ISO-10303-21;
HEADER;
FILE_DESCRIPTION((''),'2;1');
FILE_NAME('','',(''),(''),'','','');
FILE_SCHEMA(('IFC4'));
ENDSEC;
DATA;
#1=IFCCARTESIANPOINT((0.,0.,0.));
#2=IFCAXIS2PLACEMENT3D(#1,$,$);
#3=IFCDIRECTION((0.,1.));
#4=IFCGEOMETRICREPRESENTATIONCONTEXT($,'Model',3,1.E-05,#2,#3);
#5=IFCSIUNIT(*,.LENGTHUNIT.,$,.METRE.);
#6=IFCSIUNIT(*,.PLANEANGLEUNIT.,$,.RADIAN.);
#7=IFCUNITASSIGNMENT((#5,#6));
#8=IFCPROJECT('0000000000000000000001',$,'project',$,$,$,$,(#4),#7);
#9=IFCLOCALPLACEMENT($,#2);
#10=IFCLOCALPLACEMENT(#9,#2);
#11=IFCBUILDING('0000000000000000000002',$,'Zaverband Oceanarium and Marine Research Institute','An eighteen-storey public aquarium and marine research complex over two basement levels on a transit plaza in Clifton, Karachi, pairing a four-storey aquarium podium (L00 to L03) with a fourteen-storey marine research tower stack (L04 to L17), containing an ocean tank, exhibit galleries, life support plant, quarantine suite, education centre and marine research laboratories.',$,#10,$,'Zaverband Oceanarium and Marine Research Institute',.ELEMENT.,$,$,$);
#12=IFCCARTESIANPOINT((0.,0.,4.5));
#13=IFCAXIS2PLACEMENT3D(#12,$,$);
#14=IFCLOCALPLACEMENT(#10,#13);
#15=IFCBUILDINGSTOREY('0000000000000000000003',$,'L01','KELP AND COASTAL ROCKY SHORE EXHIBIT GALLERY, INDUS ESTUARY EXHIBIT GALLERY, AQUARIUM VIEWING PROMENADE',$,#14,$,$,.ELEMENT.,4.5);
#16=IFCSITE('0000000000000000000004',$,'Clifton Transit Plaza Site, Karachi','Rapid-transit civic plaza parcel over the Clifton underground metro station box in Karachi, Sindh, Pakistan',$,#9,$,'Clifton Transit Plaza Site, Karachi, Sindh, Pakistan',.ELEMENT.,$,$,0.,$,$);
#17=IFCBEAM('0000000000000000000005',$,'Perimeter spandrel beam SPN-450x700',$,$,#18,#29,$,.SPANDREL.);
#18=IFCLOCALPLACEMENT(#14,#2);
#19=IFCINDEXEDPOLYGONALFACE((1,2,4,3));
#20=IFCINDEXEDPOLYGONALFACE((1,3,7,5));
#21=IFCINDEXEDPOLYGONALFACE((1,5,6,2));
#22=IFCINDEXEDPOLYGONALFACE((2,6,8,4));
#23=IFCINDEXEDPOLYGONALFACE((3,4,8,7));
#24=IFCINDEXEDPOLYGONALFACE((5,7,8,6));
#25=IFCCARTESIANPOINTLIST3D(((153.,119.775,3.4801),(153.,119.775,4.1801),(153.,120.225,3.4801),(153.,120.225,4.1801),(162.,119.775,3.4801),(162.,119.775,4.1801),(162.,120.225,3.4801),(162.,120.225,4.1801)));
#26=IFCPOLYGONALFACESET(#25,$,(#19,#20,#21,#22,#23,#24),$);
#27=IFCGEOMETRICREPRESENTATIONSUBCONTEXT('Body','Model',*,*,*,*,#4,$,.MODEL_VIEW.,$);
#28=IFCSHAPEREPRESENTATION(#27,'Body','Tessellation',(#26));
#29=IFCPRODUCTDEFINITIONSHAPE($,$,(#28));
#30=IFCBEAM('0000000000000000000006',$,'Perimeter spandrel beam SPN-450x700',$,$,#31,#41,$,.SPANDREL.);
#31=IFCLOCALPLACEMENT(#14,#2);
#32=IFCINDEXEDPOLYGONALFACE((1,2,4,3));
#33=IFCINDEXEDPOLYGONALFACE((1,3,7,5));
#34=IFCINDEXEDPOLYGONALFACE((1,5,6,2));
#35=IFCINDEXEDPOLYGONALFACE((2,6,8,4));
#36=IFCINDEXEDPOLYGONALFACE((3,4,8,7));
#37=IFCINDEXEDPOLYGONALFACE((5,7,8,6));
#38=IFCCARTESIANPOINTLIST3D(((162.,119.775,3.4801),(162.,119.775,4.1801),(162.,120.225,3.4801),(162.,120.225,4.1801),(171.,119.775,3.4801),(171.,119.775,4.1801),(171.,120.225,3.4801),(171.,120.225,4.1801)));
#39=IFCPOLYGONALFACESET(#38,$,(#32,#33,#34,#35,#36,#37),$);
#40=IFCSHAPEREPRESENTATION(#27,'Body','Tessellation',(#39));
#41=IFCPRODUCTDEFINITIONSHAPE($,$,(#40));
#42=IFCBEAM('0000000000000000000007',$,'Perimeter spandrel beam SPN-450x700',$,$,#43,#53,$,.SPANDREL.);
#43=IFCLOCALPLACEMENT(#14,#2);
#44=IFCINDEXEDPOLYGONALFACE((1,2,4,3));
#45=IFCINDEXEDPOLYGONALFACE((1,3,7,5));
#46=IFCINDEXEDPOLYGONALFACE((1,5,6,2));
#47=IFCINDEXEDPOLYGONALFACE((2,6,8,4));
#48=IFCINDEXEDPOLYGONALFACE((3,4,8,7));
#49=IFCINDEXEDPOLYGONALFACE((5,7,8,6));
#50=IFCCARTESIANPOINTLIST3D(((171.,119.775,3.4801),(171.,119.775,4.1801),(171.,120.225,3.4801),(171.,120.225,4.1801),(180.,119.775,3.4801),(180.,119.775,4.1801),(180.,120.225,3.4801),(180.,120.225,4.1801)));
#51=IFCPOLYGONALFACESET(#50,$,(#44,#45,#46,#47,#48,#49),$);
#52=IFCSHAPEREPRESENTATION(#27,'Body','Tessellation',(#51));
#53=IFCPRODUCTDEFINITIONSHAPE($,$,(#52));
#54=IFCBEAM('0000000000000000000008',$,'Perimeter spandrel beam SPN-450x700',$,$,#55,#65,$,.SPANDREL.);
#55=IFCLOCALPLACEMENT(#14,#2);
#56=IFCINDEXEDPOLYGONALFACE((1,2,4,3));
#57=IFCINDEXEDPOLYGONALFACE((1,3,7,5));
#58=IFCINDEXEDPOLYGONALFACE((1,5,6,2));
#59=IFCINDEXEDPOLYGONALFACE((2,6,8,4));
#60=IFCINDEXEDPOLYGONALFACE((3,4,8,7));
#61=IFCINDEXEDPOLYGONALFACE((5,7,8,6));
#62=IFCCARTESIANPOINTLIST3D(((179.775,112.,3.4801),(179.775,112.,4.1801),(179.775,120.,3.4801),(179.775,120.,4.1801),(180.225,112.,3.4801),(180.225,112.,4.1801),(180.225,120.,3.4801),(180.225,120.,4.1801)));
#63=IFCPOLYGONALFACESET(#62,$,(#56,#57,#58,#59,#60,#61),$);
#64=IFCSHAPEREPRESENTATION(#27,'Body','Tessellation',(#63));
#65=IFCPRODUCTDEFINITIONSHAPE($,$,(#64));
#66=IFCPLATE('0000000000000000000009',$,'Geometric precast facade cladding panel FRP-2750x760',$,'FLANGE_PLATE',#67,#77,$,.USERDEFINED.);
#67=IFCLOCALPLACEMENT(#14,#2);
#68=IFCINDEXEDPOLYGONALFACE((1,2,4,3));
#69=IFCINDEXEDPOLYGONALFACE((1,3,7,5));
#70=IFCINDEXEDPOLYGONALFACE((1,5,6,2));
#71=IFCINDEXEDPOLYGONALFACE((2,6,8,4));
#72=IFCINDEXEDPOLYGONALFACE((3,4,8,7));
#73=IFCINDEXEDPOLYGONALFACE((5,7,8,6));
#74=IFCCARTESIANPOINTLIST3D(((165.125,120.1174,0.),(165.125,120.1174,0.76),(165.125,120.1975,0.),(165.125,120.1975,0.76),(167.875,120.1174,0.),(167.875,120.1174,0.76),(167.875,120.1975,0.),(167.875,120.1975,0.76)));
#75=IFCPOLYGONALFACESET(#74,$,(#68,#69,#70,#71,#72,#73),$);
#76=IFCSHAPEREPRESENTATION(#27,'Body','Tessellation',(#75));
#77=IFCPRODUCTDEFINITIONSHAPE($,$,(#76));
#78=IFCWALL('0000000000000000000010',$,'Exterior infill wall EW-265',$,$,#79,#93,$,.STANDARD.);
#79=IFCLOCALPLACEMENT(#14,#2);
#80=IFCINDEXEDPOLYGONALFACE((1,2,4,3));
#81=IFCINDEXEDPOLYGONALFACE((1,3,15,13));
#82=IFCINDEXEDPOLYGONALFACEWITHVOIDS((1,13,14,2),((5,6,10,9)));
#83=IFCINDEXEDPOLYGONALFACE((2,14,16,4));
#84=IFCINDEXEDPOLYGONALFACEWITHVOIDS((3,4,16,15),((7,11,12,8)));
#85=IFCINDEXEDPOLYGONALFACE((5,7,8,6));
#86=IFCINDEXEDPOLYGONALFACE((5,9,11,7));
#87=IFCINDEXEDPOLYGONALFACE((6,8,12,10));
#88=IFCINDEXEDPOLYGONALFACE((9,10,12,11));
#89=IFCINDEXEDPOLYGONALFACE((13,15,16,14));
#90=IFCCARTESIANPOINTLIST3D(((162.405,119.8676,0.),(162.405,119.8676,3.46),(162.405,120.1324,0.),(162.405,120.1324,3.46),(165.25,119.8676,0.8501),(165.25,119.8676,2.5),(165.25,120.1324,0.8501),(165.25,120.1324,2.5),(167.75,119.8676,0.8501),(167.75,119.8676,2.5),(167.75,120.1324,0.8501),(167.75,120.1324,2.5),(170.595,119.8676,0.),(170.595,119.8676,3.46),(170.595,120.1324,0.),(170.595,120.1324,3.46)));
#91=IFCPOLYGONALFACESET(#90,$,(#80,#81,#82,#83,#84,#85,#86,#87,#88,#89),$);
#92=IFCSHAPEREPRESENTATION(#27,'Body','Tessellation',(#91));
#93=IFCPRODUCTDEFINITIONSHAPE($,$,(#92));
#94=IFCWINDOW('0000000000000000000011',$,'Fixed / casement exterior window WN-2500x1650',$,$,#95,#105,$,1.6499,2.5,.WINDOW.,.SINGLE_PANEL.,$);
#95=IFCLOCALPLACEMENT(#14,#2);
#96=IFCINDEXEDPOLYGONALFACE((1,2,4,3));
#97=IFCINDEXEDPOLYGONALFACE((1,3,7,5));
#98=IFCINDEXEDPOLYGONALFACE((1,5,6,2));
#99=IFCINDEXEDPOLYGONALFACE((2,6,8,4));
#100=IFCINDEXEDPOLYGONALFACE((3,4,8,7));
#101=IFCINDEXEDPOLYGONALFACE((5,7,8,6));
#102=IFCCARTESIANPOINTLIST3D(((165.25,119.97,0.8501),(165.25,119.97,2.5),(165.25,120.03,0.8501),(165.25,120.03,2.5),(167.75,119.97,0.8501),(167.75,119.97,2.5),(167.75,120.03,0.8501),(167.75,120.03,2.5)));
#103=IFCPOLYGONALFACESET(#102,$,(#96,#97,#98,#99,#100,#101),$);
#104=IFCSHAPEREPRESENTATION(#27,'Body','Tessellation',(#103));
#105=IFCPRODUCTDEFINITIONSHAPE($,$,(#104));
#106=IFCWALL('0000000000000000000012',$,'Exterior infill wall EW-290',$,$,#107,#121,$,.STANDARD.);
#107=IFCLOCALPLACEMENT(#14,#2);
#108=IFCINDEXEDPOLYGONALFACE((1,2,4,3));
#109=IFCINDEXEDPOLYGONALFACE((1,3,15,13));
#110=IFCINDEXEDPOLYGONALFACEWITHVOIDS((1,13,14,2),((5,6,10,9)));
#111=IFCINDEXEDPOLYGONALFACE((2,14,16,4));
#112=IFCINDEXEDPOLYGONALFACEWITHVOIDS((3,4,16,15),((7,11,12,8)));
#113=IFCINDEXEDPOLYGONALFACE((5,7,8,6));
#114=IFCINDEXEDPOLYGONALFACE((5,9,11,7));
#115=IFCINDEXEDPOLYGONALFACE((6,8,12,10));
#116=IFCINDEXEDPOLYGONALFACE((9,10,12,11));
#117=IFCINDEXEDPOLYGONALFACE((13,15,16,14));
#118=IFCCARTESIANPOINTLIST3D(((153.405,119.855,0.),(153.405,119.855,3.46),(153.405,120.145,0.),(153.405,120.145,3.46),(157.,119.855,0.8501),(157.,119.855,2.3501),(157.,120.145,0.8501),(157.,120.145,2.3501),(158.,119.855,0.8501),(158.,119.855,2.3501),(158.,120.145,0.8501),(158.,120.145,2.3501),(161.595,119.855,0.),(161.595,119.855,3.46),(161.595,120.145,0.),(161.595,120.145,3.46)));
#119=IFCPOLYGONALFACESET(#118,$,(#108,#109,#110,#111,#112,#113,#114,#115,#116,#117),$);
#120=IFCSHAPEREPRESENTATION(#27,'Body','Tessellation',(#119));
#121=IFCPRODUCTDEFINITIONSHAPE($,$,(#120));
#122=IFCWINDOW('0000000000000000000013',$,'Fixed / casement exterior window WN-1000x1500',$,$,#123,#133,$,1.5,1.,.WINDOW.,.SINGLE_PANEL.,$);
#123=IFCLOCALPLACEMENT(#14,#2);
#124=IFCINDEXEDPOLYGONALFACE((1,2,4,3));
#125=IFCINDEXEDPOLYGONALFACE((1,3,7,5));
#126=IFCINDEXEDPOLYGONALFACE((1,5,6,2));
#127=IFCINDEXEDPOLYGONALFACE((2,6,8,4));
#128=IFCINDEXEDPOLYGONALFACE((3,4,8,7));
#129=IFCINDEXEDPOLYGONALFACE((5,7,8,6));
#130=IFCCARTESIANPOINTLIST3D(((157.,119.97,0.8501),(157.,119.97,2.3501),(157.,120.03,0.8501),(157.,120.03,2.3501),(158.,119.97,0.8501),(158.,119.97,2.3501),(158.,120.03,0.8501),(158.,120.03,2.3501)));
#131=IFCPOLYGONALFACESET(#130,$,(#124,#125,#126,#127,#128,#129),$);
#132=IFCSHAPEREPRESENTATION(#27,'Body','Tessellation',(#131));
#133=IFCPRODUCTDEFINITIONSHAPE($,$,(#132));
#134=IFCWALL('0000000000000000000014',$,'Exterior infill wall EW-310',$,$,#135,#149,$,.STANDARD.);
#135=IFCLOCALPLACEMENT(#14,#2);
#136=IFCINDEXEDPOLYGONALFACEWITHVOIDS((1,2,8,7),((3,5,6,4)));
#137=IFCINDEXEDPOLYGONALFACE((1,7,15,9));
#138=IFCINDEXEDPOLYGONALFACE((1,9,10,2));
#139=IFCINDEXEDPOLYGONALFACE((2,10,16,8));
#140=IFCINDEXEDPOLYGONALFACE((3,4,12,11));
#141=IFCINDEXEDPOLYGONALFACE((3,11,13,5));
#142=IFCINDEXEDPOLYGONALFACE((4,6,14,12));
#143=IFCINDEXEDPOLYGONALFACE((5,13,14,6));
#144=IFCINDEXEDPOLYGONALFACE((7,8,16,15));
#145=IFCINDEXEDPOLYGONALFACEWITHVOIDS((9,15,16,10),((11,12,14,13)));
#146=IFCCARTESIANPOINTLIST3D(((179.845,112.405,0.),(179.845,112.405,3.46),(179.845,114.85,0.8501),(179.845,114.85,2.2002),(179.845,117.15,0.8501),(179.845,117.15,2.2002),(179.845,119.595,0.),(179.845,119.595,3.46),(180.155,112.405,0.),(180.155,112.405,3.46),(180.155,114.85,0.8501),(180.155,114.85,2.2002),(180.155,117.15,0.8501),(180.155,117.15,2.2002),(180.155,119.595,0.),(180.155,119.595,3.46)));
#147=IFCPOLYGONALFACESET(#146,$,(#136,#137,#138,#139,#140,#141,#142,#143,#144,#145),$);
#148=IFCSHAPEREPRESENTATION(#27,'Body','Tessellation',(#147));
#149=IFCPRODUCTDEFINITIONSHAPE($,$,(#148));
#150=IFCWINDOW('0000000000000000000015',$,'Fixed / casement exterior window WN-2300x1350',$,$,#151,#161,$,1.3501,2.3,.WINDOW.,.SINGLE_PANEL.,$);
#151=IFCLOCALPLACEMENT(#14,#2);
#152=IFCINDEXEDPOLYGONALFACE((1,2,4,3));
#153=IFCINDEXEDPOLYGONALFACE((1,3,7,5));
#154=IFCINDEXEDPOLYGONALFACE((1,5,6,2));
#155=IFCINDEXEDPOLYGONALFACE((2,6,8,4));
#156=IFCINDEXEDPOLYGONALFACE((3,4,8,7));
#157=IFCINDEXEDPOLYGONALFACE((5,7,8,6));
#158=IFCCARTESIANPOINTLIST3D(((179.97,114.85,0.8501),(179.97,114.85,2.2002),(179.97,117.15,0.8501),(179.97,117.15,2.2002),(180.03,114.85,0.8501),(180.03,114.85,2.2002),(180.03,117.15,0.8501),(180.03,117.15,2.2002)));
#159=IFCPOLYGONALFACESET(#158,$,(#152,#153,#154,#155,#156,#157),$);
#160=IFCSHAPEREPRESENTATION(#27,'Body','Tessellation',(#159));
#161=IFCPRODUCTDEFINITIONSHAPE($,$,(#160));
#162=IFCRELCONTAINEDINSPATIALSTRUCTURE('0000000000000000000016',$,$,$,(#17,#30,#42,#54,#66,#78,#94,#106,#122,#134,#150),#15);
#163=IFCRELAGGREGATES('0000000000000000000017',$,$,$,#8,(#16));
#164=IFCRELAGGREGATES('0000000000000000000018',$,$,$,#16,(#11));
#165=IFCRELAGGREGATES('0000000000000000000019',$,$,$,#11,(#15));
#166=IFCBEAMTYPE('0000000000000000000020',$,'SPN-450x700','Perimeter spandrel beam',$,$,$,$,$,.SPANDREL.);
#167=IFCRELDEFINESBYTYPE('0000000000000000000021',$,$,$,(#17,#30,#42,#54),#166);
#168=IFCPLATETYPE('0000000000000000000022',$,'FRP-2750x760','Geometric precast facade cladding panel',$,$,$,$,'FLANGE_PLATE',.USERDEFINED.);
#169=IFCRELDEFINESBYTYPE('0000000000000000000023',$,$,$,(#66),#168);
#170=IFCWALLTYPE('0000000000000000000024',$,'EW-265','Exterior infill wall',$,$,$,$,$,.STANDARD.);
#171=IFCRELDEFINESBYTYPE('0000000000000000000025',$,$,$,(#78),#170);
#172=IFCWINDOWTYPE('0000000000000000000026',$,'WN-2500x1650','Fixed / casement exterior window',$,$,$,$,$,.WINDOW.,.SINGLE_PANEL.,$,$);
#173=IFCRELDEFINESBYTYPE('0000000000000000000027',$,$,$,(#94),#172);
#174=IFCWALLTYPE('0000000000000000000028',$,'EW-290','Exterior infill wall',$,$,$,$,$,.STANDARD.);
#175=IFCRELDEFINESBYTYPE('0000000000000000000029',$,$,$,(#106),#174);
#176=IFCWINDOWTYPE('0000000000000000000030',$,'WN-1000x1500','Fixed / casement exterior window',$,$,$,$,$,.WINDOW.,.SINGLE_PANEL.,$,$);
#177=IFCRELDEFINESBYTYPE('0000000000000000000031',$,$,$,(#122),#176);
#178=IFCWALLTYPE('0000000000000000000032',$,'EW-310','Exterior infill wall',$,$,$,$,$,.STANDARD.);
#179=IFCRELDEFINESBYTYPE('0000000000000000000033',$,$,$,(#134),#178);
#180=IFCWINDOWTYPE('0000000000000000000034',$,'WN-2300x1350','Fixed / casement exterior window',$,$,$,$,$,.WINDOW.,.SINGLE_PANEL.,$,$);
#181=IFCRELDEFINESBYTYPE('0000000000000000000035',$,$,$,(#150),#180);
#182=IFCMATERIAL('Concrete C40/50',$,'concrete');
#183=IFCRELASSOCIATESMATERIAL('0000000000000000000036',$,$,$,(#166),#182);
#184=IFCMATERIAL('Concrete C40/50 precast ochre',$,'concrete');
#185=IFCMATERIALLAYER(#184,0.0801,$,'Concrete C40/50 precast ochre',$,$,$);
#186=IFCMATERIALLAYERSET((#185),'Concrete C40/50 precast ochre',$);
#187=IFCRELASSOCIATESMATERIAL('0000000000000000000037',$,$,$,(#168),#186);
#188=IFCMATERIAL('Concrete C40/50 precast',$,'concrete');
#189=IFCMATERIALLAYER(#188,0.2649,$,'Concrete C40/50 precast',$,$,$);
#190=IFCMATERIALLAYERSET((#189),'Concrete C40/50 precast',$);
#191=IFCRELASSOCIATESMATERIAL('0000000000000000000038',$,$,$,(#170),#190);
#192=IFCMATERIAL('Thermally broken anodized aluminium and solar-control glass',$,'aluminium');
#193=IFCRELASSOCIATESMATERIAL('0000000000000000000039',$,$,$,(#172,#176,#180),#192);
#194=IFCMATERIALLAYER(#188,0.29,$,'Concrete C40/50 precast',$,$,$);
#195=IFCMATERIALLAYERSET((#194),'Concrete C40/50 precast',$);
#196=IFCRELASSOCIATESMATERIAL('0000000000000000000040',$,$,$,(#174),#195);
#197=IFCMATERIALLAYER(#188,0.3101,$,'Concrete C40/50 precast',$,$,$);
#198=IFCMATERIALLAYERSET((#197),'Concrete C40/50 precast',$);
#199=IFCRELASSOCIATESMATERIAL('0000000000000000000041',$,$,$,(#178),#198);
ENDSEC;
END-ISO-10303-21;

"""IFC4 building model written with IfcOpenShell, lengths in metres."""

from ifc_helpers import new_model, si_unit, direction, frame, frame_2d, origin, origin_2d, place, context, subcontext, project, spatial, rectangle, extrude, material, layer, layer_set, material_profile, profile_set, type_object, element, fill, save


model = new_model("IFC4")

# Units and contexts
model_context = context("Model", 3, precision=1e-05, world=origin(), true_north=direction((0.0, 1.0)))
body_context = subcontext(model_context, "Body", "Model", "MODEL_VIEW")
ifc_project = project(units=[si_unit("LENGTHUNIT", "METRE"), si_unit("PLANEANGLEUNIT", "RADIAN")], contexts=[model_context])

# Site, building, storey
site_placement = place(None, origin())
site = spatial("IfcSite", under=ifc_project, at=site_placement, Name="Clifton Transit Plaza Site, Karachi", Description="Rapid-transit civic plaza parcel over the Clifton underground metro station box in Karachi, Sindh, Pakistan", LongName="Clifton Transit Plaza Site, Karachi, Sindh, Pakistan", CompositionType="ELEMENT", RefElevation=0.0)
building_placement = place(site_placement, origin())
building = spatial("IfcBuilding", under=site, at=building_placement, Name="Zaverband Oceanarium and Marine Research Institute", Description="An eighteen-storey public aquarium and marine research complex over two basement levels on a transit plaza in Clifton, Karachi, pairing a four-storey aquarium podium (L00 to L03) with a fourteen-storey marine research tower stack (L04 to L17), containing an ocean tank, exhibit galleries, life support plant, quarantine suite, education centre and marine research laboratories.", LongName="Zaverband Oceanarium and Marine Research Institute", CompositionType="ELEMENT")
storey_placement = place(building_placement, frame((0.0, 0.0, 4.5)))
storey = spatial("IfcBuildingStorey", under=building, at=storey_placement, Name="L01", Description="KELP AND COASTAL ROCKY SHORE EXHIBIT GALLERY, INDUS ESTUARY EXHIBIT GALLERY, AQUARIUM VIEWING PROMENADE", CompositionType="ELEMENT", Elevation=4.5)

# Beams
ifc_material_1 = material(Name="Concrete C40/50", Category="concrete")
ifc_material_profile_1 = material_profile(ifc_material_1, rectangle(XDim=0.45, YDim=0.7, at=origin_2d()), Name="RC450x700")
ifc_profile_set_1 = profile_set([ifc_material_profile_1], Name="Concrete C40/50")
beam_type_1 = type_object("IfcBeamType", Name="SPN-450x700", Description="Perimeter spandrel beam", PredefinedType="SPANDREL", material=ifc_profile_set_1)
for number, where, z_axis, x_axis, name in (
    (1, (153.0, 120.0, 3.8301), (1.0, 0.0, 0.0), (0.0, 1.0, 0.0), "Perimeter spandrel beam SPN-450x700"),
    (2, (162.0, 120.0, 3.8301), (1.0, 0.0, 0.0), (0.0, 1.0, 0.0), "Perimeter spandrel beam SPN-450x700"),
    (3, (171.0, 120.0, 3.8301), (1.0, 0.0, 0.0), (0.0, 1.0, 0.0), "Perimeter spandrel beam SPN-450x700"),
):
    element("IfcBeam", number, at=place(storey_placement, frame(where, z_axis=z_axis, x_axis=x_axis)), inside=storey, type_object=beam_type_1, Name=name, PredefinedType="SPANDREL", context=body_context, shape_type="SweptSolid", body=[
        extrude(rectangle(XDim=0.45, YDim=0.7, at=origin_2d()), origin(), (0.0, 0.0, 1.0), 9.0),
    ])
beam_placement = place(storey_placement, frame((180.0, 112.0, 3.8301), z_axis=(0.0, 1.0, 0.0), x_axis=(-1.0, 0.0, 0.0)))
element("IfcBeam", 4, at=beam_placement, inside=storey, type_object=beam_type_1, Name="Perimeter spandrel beam SPN-450x700", PredefinedType="SPANDREL", context=body_context, shape_type="SweptSolid", body=[
    extrude(rectangle(XDim=0.45, YDim=0.7, at=origin_2d()), origin(), (0.0, 0.0, 1.0), 8.0),
])

# Plate
ifc_material_2 = material(Name="Concrete C40/50 precast ochre", Category="concrete")
ifc_layer_1 = layer(ifc_material_2, 0.0801, Name="Concrete C40/50 precast ochre")
ifc_layer_set_1 = layer_set([ifc_layer_1], Name="Concrete C40/50 precast ochre")
plate_type = type_object("IfcPlateType", Name="FRP-2750x760", Description="Geometric precast facade cladding panel", ElementType="FLANGE_PLATE", PredefinedType="USERDEFINED", material=ifc_layer_set_1)
plate_placement = place(storey_placement, frame((165.125, 120.1575, 0.0), z_axis=(0.0, 0.0, 1.0), x_axis=(1.0, 0.0, 0.0)))
element("IfcPlate", 5, at=plate_placement, inside=storey, type_object=plate_type, Name="Geometric precast facade cladding panel FRP-2750x760", ObjectType="FLANGE_PLATE", PredefinedType="USERDEFINED", context=body_context, shape_type="SweptSolid", body=[
    extrude(rectangle(XDim=2.75, YDim=0.0801, at=frame_2d((1.375, 0.0))), origin(), (0.0, 0.0, 1.0), 0.76),
])

# Walls, openings, windows
ifc_material_3 = material(Name="Concrete C40/50 precast", Category="concrete")
ifc_layer_2 = layer(ifc_material_3, 0.2649, Name="Concrete C40/50 precast")
ifc_layer_set_2 = layer_set([ifc_layer_2], Name="Concrete C40/50 precast")
wall_type_1 = type_object("IfcWallType", Name="EW-265", Description="Exterior infill wall", PredefinedType="STANDARD", material=ifc_layer_set_2)
wall_1_placement = place(storey_placement, frame((162.405, 120.0, 0.0), z_axis=(0.0, 0.0, 1.0), x_axis=(1.0, 0.0, 0.0)))
wall_1 = element("IfcWall", 6, at=wall_1_placement, inside=storey, type_object=wall_type_1, Name="Exterior infill wall EW-265", PredefinedType="STANDARD", context=body_context, shape_type="SweptSolid", body=[
    extrude(rectangle(XDim=8.1899, YDim=0.2649, at=frame_2d((4.095, 0.0))), origin(), (0.0, 0.0, 1.0), 3.46),
])
opening_1_placement = place(wall_1_placement, frame((2.845, 0.0, 0.8501)))
opening_1 = element("IfcOpeningElement", 7, at=opening_1_placement, cuts=wall_1, PredefinedType="OPENING", context=body_context, shape_type="SweptSolid", body=[
    extrude(rectangle(XDim=2.5, YDim=1.6499, at=frame_2d((1.25, 0.825))), frame((0.0, 0.1445, 0.0), z_axis=(0.0, -1.0, 0.0), x_axis=(1.0, 0.0, 0.0)), (0.0, 0.0, 1.0), 0.2888),
])
ifc_material_4 = material(Name="Thermally broken anodized aluminium and solar-control glass", Category="aluminium")
window_type_1 = type_object("IfcWindowType", Name="WN-2500x1650", Description="Fixed / casement exterior window", PartitioningType="SINGLE_PANEL", PredefinedType="WINDOW", material=ifc_material_4)
window_1_placement = place(opening_1_placement, origin())
window_1 = element("IfcWindow", 8, at=window_1_placement, inside=storey, type_object=window_type_1, Name="Fixed / casement exterior window WN-2500x1650", OverallHeight=1.6499, OverallWidth=2.5, PartitioningType="SINGLE_PANEL", PredefinedType="WINDOW", context=body_context, shape_type="SweptSolid", body=[
    extrude(rectangle(XDim=2.5, YDim=1.6499, at=frame_2d((1.25, 0.825))), frame((0.0, 0.03, 0.0), z_axis=(0.0, -1.0, 0.0), x_axis=(1.0, 0.0, 0.0)), (0.0, 0.0, 1.0), 0.0601),
])
fill(opening_1, window_1)
ifc_layer_3 = layer(ifc_material_3, 0.29, Name="Concrete C40/50 precast")
ifc_layer_set_3 = layer_set([ifc_layer_3], Name="Concrete C40/50 precast")
wall_type_2 = type_object("IfcWallType", Name="EW-290", Description="Exterior infill wall", PredefinedType="STANDARD", material=ifc_layer_set_3)
wall_2_placement = place(storey_placement, frame((153.405, 120.0, 0.0), z_axis=(0.0, 0.0, 1.0), x_axis=(1.0, 0.0, 0.0)))
wall_2 = element("IfcWall", 9, at=wall_2_placement, inside=storey, type_object=wall_type_2, Name="Exterior infill wall EW-290", PredefinedType="STANDARD", context=body_context, shape_type="SweptSolid", body=[
    extrude(rectangle(XDim=8.1899, YDim=0.29, at=frame_2d((4.095, 0.0))), origin(), (0.0, 0.0, 1.0), 3.46),
])
opening_2_placement = place(wall_2_placement, frame((3.595, 0.0, 0.8501)))
opening_2 = element("IfcOpeningElement", 10, at=opening_2_placement, cuts=wall_2, PredefinedType="OPENING", context=body_context, shape_type="SweptSolid", body=[
    extrude(rectangle(XDim=1.0, YDim=1.5, at=frame_2d((0.5, 0.75))), frame((0.0, 0.157, 0.0), z_axis=(0.0, -1.0, 0.0), x_axis=(1.0, 0.0, 0.0)), (0.0, 0.0, 1.0), 0.314),
])
window_type_2 = type_object("IfcWindowType", Name="WN-1000x1500", Description="Fixed / casement exterior window", PartitioningType="SINGLE_PANEL", PredefinedType="WINDOW", material=ifc_material_4)
window_2_placement = place(opening_2_placement, origin())
window_2 = element("IfcWindow", 11, at=window_2_placement, inside=storey, type_object=window_type_2, Name="Fixed / casement exterior window WN-1000x1500", OverallHeight=1.5, OverallWidth=1.0, PartitioningType="SINGLE_PANEL", PredefinedType="WINDOW", context=body_context, shape_type="SweptSolid", body=[
    extrude(rectangle(XDim=1.0, YDim=1.5, at=frame_2d((0.5, 0.75))), frame((0.0, 0.03, 0.0), z_axis=(0.0, -1.0, 0.0), x_axis=(1.0, 0.0, 0.0)), (0.0, 0.0, 1.0), 0.0601),
])
fill(opening_2, window_2)
ifc_layer_4 = layer(ifc_material_3, 0.3101, Name="Concrete C40/50 precast")
ifc_layer_set_4 = layer_set([ifc_layer_4], Name="Concrete C40/50 precast")
wall_type_3 = type_object("IfcWallType", Name="EW-310", Description="Exterior infill wall", PredefinedType="STANDARD", material=ifc_layer_set_4)
wall_3_placement = place(storey_placement, frame((180.0, 112.405, 0.0), z_axis=(0.0, 0.0, 1.0), x_axis=(0.0, 1.0, 0.0)))
wall_3 = element("IfcWall", 12, at=wall_3_placement, inside=storey, type_object=wall_type_3, Name="Exterior infill wall EW-310", PredefinedType="STANDARD", context=body_context, shape_type="SweptSolid", body=[
    extrude(rectangle(XDim=7.1899, YDim=0.3101, at=frame_2d((3.595, 0.0))), origin(), (0.0, 0.0, 1.0), 3.46),
])
opening_3_placement = place(wall_3_placement, frame((2.4451, 0.0, 0.8501)))
opening_3 = element("IfcOpeningElement", 13, at=opening_3_placement, cuts=wall_3, PredefinedType="OPENING", context=body_context, shape_type="SweptSolid", body=[
    extrude(rectangle(XDim=2.3, YDim=1.3501, at=frame_2d((1.1499, 0.675))), frame((0.0, 0.167, 0.0), z_axis=(0.0, -1.0, 0.0), x_axis=(1.0, 0.0, 0.0)), (0.0, 0.0, 1.0), 0.334),
])
window_type_3 = type_object("IfcWindowType", Name="WN-2300x1350", Description="Fixed / casement exterior window", PartitioningType="SINGLE_PANEL", PredefinedType="WINDOW", material=ifc_material_4)
window_3_placement = place(opening_3_placement, origin())
window_3 = element("IfcWindow", 14, at=window_3_placement, inside=storey, type_object=window_type_3, Name="Fixed / casement exterior window WN-2300x1350", OverallHeight=1.3501, OverallWidth=2.3, PartitioningType="SINGLE_PANEL", PredefinedType="WINDOW", context=body_context, shape_type="SweptSolid", body=[
    extrude(rectangle(XDim=2.3, YDim=1.3501, at=frame_2d((1.1499, 0.675))), frame((0.0, 0.03, 0.0), z_axis=(0.0, -1.0, 0.0), x_axis=(1.0, 0.0, 0.0)), (0.0, 0.0, 1.0), 0.0601),
])
fill(opening_3, window_3)

save(model, "model.ifc")
